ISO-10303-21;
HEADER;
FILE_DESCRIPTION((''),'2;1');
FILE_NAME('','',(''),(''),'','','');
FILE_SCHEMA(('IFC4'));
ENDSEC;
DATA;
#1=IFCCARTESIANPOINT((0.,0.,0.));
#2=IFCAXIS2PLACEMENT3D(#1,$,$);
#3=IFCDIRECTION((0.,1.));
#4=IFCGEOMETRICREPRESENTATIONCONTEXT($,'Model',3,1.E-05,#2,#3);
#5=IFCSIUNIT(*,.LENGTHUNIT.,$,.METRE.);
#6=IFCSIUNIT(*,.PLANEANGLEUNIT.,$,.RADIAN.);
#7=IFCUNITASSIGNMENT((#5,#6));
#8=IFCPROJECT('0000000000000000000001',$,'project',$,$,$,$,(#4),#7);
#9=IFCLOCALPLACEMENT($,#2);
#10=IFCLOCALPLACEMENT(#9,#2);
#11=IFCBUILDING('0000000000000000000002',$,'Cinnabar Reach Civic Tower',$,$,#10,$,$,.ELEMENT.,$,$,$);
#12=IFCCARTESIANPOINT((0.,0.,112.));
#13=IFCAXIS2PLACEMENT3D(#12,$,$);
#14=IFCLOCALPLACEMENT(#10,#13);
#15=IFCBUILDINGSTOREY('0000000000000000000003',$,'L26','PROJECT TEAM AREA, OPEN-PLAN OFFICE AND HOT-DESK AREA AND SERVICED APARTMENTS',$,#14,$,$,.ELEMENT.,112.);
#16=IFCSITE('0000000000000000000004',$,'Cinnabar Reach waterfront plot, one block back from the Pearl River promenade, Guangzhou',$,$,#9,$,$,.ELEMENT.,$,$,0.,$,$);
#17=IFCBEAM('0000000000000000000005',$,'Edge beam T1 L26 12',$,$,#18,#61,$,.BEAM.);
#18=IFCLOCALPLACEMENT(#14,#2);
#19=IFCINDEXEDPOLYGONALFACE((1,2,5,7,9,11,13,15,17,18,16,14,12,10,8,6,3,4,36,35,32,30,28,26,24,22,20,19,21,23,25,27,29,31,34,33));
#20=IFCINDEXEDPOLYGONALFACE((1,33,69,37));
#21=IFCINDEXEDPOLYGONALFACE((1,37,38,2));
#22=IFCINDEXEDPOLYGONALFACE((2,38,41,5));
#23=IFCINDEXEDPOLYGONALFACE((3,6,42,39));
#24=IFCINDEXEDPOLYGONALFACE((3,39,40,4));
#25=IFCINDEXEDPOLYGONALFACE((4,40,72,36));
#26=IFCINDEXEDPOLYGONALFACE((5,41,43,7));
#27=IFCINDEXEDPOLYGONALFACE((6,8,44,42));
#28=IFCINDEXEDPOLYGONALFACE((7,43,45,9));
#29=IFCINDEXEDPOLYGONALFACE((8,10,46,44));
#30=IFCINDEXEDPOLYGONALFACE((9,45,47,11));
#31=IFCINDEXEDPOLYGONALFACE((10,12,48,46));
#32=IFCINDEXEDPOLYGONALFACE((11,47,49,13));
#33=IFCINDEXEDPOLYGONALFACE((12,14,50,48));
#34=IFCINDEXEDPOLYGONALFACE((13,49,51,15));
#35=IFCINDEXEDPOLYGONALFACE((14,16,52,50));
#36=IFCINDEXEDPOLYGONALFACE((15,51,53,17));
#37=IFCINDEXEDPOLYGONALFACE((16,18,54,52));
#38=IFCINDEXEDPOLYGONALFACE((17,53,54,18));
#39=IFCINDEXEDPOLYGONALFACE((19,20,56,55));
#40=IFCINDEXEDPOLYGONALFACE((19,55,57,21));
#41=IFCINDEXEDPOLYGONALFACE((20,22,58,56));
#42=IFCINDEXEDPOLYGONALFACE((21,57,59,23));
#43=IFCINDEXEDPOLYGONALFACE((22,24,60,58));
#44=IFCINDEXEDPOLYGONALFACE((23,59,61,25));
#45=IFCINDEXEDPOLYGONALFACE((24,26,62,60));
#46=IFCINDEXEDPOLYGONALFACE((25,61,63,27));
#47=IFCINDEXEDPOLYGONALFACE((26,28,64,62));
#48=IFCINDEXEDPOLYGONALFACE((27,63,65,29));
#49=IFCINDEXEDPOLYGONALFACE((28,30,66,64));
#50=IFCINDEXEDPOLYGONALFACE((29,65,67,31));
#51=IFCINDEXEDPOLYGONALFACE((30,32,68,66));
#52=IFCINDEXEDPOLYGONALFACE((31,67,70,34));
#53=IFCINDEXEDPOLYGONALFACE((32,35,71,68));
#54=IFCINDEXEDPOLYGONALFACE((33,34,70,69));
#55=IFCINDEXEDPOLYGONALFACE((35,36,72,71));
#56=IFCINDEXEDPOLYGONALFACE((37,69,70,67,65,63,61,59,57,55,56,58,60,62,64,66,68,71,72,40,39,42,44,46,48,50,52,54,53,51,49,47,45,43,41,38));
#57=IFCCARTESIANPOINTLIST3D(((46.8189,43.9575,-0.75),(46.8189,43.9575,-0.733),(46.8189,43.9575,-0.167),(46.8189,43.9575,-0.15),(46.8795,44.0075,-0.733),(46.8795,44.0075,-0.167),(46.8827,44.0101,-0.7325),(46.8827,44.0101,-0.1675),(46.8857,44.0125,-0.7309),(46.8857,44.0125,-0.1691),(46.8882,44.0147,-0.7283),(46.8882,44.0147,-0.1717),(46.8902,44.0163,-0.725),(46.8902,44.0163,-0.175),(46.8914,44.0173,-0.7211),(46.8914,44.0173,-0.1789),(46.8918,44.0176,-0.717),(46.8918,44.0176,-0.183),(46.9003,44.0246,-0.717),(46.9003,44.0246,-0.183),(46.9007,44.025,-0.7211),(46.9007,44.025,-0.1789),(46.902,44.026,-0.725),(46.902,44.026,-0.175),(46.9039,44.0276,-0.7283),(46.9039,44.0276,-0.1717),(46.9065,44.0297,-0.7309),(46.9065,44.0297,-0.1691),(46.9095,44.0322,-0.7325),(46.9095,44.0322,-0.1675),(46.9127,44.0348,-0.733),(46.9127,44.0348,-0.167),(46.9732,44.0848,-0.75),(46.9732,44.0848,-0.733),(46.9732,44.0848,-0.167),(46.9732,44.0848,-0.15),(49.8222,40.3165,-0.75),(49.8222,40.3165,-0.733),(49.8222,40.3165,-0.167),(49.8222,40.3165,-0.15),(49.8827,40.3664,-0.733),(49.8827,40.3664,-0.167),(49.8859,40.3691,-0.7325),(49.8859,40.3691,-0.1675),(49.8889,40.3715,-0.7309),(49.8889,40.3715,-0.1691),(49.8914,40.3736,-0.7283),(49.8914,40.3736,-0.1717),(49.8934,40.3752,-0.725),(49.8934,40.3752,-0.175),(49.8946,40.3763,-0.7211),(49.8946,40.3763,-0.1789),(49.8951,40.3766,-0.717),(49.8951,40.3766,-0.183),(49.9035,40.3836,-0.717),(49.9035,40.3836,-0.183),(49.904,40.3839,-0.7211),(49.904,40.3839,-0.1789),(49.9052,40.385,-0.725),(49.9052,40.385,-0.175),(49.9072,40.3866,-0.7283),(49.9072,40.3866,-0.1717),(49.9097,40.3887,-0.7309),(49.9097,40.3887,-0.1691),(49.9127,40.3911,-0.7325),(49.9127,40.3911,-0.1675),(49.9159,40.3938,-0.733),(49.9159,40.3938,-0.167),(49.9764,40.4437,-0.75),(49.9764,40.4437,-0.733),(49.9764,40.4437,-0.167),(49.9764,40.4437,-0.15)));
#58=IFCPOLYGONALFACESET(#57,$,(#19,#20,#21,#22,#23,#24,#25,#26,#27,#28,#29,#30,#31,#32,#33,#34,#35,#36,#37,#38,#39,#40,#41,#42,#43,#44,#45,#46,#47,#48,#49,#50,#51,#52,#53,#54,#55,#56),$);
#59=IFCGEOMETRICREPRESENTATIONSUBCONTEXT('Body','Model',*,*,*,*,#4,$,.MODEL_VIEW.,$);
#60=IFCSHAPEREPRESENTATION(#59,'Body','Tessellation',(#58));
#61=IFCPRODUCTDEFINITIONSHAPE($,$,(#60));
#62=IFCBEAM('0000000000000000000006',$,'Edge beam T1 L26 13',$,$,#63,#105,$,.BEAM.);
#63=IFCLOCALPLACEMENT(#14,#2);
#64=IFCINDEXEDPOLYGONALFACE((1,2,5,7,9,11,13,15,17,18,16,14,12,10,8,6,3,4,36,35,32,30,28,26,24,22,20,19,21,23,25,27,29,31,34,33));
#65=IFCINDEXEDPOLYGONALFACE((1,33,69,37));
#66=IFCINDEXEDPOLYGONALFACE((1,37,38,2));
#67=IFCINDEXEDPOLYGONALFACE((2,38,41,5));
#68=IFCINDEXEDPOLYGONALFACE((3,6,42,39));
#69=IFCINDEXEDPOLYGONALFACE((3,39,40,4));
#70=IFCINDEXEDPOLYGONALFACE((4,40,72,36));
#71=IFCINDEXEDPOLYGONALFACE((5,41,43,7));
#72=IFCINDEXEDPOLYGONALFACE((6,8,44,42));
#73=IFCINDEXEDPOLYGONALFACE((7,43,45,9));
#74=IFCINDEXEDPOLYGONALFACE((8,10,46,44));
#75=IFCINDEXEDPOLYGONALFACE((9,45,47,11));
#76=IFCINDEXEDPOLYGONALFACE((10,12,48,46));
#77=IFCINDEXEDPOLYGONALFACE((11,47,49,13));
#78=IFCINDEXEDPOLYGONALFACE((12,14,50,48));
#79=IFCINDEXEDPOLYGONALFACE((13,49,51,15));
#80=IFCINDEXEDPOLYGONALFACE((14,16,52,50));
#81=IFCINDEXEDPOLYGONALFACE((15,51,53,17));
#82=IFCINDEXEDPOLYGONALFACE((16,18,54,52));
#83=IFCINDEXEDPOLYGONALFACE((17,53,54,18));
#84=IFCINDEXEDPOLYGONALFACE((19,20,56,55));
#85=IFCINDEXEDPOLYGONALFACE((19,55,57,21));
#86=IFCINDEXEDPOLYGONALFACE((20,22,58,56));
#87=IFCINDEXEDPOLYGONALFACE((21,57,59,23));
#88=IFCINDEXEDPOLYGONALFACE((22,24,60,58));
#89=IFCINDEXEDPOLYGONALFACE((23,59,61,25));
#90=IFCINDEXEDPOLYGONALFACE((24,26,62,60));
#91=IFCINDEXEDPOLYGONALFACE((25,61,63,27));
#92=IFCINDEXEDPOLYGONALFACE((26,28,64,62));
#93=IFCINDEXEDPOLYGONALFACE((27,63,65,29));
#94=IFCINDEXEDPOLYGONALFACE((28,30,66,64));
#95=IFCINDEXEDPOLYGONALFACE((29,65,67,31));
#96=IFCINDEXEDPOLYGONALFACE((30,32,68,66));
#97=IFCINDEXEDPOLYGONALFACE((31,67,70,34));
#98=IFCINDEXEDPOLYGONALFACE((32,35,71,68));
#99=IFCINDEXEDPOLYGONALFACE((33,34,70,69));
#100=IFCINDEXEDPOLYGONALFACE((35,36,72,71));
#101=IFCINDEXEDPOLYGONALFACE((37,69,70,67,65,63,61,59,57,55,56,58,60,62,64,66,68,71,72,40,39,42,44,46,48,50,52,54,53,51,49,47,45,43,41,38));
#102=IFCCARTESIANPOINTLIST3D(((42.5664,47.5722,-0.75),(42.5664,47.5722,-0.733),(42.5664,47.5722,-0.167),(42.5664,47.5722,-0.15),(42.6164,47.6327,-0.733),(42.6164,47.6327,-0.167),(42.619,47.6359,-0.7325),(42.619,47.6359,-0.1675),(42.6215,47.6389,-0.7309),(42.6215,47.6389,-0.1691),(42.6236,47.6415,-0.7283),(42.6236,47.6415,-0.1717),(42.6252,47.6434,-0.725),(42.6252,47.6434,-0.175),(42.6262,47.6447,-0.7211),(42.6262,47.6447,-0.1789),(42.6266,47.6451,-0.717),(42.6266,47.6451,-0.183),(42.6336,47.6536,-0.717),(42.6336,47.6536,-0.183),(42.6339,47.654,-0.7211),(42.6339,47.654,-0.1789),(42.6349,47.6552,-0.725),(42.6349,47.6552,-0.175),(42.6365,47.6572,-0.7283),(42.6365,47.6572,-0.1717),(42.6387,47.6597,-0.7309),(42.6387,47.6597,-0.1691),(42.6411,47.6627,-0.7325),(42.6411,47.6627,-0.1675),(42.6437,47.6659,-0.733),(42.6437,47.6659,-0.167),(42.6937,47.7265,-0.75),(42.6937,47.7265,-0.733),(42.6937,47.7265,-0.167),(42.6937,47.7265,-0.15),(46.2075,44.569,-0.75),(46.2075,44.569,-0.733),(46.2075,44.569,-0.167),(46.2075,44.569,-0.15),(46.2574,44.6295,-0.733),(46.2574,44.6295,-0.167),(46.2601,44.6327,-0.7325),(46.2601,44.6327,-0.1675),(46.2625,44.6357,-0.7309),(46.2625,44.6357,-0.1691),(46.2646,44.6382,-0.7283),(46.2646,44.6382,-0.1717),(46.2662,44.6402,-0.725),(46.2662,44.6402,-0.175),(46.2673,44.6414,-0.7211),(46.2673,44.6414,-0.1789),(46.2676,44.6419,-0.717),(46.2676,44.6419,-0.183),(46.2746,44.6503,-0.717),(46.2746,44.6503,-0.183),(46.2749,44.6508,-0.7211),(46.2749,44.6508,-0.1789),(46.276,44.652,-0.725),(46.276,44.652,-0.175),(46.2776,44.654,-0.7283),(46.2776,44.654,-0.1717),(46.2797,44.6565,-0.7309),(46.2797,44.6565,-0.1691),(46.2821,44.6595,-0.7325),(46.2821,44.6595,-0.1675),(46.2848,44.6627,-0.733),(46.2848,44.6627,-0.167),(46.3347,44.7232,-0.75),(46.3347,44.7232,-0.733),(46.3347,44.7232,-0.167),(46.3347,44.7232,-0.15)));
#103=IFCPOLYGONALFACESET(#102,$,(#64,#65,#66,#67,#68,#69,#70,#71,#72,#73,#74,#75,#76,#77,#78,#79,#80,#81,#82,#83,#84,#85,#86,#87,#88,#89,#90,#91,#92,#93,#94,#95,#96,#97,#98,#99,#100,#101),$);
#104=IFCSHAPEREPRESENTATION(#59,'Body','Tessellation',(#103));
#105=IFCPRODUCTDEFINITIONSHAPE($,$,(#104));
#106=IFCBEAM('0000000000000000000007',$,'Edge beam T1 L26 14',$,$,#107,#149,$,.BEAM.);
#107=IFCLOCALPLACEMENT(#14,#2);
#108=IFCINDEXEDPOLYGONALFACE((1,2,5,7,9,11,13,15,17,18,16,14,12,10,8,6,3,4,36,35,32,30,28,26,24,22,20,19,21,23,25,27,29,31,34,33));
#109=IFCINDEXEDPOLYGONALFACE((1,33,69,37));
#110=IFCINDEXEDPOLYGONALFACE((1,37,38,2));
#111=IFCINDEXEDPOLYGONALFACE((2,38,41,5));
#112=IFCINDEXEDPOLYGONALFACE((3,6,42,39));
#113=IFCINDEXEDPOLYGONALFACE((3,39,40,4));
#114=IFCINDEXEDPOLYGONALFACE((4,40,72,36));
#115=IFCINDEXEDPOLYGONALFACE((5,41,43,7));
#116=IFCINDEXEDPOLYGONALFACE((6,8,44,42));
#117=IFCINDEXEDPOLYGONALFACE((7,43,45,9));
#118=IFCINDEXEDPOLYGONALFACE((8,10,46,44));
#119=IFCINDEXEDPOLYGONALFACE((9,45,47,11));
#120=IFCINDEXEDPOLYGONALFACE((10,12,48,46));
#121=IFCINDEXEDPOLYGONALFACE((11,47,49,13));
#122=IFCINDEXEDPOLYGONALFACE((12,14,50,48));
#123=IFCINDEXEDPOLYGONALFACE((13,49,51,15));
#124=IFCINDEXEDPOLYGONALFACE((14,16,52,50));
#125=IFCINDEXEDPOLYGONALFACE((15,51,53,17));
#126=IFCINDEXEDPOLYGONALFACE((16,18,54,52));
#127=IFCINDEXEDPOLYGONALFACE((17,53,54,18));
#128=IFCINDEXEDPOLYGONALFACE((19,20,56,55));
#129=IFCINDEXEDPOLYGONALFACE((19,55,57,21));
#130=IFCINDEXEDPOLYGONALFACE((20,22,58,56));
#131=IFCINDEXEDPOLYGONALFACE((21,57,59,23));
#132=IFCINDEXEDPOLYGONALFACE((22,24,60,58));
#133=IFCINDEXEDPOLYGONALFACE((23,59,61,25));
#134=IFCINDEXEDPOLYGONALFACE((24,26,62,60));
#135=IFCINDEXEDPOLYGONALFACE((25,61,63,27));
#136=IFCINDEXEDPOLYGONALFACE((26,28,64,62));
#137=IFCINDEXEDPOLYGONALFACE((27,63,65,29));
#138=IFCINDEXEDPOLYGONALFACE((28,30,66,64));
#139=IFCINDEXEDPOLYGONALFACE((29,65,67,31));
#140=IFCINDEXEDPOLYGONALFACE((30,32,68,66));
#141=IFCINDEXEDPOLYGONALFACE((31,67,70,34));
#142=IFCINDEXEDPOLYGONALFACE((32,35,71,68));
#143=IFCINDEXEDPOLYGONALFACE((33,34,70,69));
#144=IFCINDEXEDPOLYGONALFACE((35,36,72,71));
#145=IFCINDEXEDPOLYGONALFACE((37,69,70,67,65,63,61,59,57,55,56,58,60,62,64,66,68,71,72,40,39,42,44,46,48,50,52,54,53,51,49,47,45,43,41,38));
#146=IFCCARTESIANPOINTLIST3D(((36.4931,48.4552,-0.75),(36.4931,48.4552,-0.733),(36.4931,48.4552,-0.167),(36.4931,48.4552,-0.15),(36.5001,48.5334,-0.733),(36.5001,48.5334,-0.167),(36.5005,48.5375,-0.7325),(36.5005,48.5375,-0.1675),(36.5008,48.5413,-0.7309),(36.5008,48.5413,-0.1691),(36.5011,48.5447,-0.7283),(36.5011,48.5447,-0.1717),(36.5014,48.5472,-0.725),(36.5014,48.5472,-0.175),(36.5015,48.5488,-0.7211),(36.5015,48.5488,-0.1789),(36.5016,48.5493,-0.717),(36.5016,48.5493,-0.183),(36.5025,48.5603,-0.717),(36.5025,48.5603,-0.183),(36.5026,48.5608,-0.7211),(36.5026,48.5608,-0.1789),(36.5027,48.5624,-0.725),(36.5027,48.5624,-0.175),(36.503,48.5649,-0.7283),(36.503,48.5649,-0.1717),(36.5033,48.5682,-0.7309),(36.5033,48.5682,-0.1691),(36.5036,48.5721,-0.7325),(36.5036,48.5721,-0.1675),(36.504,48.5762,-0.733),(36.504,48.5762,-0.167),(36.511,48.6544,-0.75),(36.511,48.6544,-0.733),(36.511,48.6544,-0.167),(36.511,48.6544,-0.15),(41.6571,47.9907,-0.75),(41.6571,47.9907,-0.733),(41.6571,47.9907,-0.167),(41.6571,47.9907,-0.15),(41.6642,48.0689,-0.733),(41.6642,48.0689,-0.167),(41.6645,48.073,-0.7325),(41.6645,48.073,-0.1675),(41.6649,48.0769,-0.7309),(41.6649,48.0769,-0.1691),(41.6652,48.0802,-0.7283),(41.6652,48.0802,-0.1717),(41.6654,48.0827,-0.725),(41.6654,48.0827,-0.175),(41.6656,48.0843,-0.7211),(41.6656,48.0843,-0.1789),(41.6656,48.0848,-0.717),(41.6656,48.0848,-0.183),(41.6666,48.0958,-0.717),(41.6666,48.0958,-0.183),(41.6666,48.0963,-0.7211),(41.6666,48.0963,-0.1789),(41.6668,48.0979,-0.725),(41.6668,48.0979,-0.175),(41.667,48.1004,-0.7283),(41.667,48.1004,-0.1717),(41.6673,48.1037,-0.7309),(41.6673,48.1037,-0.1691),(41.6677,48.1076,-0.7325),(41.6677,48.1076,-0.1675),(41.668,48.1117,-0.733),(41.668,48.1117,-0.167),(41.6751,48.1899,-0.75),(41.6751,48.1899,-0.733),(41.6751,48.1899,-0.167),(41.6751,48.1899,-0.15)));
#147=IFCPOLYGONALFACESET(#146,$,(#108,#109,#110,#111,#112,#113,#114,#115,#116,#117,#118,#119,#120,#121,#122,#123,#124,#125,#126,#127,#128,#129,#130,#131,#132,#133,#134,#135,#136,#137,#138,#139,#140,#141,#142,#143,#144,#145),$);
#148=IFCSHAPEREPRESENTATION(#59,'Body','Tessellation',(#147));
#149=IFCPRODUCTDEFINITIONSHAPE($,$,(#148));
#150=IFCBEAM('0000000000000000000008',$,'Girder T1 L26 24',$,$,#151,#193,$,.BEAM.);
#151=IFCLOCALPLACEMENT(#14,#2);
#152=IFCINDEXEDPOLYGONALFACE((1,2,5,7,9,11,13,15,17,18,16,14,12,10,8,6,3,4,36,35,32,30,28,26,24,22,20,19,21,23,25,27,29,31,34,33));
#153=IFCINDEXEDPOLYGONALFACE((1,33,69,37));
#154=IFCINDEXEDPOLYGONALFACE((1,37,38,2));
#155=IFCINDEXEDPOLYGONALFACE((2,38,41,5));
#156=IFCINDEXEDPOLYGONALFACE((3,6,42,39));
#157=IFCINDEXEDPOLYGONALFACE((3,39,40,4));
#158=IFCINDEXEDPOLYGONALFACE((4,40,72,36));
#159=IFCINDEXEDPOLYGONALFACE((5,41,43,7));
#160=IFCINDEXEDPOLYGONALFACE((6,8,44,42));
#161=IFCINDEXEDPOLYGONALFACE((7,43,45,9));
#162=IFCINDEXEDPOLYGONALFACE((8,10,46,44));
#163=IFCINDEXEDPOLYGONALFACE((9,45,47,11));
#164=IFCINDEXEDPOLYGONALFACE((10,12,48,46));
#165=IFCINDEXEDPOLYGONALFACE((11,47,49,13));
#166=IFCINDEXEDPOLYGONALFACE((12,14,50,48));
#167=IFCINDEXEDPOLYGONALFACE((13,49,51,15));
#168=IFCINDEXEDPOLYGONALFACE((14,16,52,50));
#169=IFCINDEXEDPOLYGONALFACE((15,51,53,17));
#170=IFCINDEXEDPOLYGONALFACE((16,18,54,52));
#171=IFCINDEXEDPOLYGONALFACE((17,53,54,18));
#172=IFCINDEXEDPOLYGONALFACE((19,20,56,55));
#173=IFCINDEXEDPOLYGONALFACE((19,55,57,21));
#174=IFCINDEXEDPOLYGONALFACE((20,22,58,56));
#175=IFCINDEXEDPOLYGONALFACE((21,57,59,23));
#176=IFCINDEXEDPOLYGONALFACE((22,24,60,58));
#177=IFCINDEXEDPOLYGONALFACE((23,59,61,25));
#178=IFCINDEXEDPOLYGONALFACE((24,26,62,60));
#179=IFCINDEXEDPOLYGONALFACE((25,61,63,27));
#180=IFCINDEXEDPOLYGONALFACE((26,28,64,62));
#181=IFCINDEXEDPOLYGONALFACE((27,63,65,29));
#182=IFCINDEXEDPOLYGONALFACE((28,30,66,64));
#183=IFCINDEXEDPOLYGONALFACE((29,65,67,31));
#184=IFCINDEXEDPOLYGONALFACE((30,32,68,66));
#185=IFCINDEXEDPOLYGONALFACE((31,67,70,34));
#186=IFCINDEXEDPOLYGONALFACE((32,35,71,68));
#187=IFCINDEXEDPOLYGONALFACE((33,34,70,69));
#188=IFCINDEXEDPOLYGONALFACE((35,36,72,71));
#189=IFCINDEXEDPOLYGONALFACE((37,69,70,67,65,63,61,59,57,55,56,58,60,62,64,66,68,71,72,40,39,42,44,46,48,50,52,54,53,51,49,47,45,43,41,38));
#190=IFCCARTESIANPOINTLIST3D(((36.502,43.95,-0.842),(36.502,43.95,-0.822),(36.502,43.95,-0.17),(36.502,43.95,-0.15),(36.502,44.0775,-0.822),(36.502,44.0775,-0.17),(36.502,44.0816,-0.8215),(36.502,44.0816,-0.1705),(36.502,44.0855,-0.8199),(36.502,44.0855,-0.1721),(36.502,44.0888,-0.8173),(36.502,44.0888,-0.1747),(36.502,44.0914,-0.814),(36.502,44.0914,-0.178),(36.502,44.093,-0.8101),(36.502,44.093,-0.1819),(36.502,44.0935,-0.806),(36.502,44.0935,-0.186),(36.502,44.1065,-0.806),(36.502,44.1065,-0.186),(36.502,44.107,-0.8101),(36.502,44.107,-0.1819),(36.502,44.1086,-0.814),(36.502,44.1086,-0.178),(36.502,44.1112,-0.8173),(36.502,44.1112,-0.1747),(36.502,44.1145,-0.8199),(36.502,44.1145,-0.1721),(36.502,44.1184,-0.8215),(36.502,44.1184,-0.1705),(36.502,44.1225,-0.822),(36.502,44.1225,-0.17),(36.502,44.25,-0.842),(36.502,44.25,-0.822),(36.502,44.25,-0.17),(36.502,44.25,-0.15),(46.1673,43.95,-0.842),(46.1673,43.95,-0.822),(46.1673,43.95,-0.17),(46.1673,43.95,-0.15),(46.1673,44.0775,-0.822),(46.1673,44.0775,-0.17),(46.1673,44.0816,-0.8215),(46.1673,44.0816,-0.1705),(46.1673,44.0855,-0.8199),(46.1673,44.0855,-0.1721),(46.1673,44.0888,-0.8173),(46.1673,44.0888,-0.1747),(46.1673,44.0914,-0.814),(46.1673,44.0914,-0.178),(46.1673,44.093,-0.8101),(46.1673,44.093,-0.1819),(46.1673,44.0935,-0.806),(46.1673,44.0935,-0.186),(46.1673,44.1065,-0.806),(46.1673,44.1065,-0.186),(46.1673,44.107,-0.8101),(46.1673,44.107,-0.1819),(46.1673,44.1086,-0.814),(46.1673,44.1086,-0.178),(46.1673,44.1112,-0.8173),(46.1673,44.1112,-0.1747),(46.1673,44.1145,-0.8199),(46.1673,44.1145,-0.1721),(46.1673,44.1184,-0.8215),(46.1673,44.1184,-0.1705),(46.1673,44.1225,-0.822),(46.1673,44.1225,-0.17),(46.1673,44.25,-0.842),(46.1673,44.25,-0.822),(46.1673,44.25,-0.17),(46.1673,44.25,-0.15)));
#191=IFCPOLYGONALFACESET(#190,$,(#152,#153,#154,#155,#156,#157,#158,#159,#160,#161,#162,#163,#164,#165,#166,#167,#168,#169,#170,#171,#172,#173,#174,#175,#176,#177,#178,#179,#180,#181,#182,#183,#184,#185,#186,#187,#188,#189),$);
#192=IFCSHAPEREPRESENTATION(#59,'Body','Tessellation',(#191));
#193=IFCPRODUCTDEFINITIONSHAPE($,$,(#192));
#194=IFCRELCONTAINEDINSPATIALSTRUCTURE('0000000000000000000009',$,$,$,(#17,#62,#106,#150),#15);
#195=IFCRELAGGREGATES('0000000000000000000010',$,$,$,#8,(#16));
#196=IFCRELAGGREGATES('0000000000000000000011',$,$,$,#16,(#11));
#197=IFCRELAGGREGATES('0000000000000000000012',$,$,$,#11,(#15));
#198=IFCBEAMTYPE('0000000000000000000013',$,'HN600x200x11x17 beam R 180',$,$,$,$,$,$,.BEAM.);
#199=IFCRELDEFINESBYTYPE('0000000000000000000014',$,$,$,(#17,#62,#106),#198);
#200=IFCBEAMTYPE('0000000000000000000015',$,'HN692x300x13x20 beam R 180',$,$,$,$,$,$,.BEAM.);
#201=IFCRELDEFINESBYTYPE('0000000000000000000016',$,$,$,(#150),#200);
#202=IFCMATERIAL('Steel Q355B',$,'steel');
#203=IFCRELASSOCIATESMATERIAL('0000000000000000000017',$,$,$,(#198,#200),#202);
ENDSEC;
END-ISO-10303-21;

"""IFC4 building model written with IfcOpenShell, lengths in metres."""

from ifc_helpers import new_model, si_unit, direction, frame, origin, origin_2d, place, context, subcontext, project, spatial, i_section, extrude, material, material_profile, profile_set, type_object, element, save


model = new_model("IFC4")

# Units and contexts
model_context = context("Model", 3, precision=1e-05, world=origin(), true_north=direction((0.0, 1.0)))
body_context = subcontext(model_context, "Body", "Model", "MODEL_VIEW")
ifc_project = project(units=[si_unit("LENGTHUNIT", "METRE"), si_unit("PLANEANGLEUNIT", "RADIAN")], contexts=[model_context])

# Site, building, storey
site_placement = place(None, origin())
site = spatial("IfcSite", under=ifc_project, at=site_placement, Name="Cinnabar Reach waterfront plot, one block back from the Pearl River promenade, Guangzhou", CompositionType="ELEMENT", RefElevation=0.0)
building_placement = place(site_placement, origin())
building = spatial("IfcBuilding", under=site, at=building_placement, Name="Cinnabar Reach Civic Tower", CompositionType="ELEMENT")
storey_placement = place(building_placement, frame((0.0, 0.0, 112.0)))
storey = spatial("IfcBuildingStorey", under=building, at=storey_placement, Name="L26", Description="PROJECT TEAM AREA, OPEN-PLAN OFFICE AND HOT-DESK AREA AND SERVICED APARTMENTS", CompositionType="ELEMENT", Elevation=112.0)

# Beams
ifc_material_1 = material(Name="Steel Q355B", Category="steel")
ifc_material_profile_1 = material_profile(ifc_material_1, i_section(OverallWidth=0.2, OverallDepth=0.6, WebThickness=0.011, FlangeThickness=0.017, FilletRadius=0.016, at=origin_2d()), Name="HN600x200x11x17")
ifc_profile_set_1 = profile_set([ifc_material_profile_1], Name="Steel Q355B")
beam_type_1 = type_object("IfcBeamType", Name="HN600x200x11x17 beam R 180", PredefinedType="BEAM", material=ifc_profile_set_1)
for number, where, z_axis, x_axis, name in (
    (1, (49.8993, 40.3801, -0.45), (-0.636304, 0.771438, 0.0), (-0.771438, -0.636304, 0.0), "Edge beam T1 L26 12"),
    (2, (46.2711, 44.6461, -0.45), (-0.771438, 0.636304, 0.0), (-0.636304, -0.771438, 0.0), "Edge beam T1 L26 13"),
):
    element("IfcBeam", number, at=place(storey_placement, frame(where, z_axis=z_axis, x_axis=x_axis)), inside=storey, type_object=beam_type_1, Name=name, PredefinedType="BEAM", context=body_context, shape_type="SweptSolid", body=[
        extrude(i_section(OverallWidth=0.2, OverallDepth=0.6, WebThickness=0.011, FlangeThickness=0.017, FilletRadius=0.016, at=origin_2d()), origin(), (0.0, 0.0, 1.0), 4.7198),
    ])
beam_1_placement = place(storey_placement, frame((41.6661, 48.0903, -0.45), z_axis=(-0.995979, 0.089586, 0.0), x_axis=(-0.089586, -0.995979, 0.0)))
element("IfcBeam", 3, at=beam_1_placement, inside=storey, type_object=beam_type_1, Name="Edge beam T1 L26 14", PredefinedType="BEAM", context=body_context, shape_type="SweptSolid", body=[
    extrude(i_section(OverallWidth=0.2, OverallDepth=0.6, WebThickness=0.011, FlangeThickness=0.017, FilletRadius=0.016, at=origin_2d()), origin(), (0.0, 0.0, 1.0), 5.1849),
])
ifc_material_profile_2 = material_profile(ifc_material_1, i_section(OverallWidth=0.3, OverallDepth=0.692, WebThickness=0.013, FlangeThickness=0.02, FilletRadius=0.016, at=origin_2d()), Name="HN692x300x13x20")
ifc_profile_set_2 = profile_set([ifc_material_profile_2], Name="Steel Q355B")
beam_type_2 = type_object("IfcBeamType", Name="HN692x300x13x20 beam R 180", PredefinedType="BEAM", material=ifc_profile_set_2)
beam_2_placement = place(storey_placement, frame((36.502, 44.1, -0.496), z_axis=(1.0, 0.0, 0.0), x_axis=(0.0, 1.0, 0.0)))
element("IfcBeam", 4, at=beam_2_placement, inside=storey, type_object=beam_type_2, Name="Girder T1 L26 24", PredefinedType="BEAM", context=body_context, shape_type="SweptSolid", body=[
    extrude(i_section(OverallWidth=0.3, OverallDepth=0.692, WebThickness=0.013, FlangeThickness=0.02, FilletRadius=0.016, at=origin_2d()), origin(), (0.0, 0.0, 1.0), 9.6653),
])

save(model, "model.ifc")
